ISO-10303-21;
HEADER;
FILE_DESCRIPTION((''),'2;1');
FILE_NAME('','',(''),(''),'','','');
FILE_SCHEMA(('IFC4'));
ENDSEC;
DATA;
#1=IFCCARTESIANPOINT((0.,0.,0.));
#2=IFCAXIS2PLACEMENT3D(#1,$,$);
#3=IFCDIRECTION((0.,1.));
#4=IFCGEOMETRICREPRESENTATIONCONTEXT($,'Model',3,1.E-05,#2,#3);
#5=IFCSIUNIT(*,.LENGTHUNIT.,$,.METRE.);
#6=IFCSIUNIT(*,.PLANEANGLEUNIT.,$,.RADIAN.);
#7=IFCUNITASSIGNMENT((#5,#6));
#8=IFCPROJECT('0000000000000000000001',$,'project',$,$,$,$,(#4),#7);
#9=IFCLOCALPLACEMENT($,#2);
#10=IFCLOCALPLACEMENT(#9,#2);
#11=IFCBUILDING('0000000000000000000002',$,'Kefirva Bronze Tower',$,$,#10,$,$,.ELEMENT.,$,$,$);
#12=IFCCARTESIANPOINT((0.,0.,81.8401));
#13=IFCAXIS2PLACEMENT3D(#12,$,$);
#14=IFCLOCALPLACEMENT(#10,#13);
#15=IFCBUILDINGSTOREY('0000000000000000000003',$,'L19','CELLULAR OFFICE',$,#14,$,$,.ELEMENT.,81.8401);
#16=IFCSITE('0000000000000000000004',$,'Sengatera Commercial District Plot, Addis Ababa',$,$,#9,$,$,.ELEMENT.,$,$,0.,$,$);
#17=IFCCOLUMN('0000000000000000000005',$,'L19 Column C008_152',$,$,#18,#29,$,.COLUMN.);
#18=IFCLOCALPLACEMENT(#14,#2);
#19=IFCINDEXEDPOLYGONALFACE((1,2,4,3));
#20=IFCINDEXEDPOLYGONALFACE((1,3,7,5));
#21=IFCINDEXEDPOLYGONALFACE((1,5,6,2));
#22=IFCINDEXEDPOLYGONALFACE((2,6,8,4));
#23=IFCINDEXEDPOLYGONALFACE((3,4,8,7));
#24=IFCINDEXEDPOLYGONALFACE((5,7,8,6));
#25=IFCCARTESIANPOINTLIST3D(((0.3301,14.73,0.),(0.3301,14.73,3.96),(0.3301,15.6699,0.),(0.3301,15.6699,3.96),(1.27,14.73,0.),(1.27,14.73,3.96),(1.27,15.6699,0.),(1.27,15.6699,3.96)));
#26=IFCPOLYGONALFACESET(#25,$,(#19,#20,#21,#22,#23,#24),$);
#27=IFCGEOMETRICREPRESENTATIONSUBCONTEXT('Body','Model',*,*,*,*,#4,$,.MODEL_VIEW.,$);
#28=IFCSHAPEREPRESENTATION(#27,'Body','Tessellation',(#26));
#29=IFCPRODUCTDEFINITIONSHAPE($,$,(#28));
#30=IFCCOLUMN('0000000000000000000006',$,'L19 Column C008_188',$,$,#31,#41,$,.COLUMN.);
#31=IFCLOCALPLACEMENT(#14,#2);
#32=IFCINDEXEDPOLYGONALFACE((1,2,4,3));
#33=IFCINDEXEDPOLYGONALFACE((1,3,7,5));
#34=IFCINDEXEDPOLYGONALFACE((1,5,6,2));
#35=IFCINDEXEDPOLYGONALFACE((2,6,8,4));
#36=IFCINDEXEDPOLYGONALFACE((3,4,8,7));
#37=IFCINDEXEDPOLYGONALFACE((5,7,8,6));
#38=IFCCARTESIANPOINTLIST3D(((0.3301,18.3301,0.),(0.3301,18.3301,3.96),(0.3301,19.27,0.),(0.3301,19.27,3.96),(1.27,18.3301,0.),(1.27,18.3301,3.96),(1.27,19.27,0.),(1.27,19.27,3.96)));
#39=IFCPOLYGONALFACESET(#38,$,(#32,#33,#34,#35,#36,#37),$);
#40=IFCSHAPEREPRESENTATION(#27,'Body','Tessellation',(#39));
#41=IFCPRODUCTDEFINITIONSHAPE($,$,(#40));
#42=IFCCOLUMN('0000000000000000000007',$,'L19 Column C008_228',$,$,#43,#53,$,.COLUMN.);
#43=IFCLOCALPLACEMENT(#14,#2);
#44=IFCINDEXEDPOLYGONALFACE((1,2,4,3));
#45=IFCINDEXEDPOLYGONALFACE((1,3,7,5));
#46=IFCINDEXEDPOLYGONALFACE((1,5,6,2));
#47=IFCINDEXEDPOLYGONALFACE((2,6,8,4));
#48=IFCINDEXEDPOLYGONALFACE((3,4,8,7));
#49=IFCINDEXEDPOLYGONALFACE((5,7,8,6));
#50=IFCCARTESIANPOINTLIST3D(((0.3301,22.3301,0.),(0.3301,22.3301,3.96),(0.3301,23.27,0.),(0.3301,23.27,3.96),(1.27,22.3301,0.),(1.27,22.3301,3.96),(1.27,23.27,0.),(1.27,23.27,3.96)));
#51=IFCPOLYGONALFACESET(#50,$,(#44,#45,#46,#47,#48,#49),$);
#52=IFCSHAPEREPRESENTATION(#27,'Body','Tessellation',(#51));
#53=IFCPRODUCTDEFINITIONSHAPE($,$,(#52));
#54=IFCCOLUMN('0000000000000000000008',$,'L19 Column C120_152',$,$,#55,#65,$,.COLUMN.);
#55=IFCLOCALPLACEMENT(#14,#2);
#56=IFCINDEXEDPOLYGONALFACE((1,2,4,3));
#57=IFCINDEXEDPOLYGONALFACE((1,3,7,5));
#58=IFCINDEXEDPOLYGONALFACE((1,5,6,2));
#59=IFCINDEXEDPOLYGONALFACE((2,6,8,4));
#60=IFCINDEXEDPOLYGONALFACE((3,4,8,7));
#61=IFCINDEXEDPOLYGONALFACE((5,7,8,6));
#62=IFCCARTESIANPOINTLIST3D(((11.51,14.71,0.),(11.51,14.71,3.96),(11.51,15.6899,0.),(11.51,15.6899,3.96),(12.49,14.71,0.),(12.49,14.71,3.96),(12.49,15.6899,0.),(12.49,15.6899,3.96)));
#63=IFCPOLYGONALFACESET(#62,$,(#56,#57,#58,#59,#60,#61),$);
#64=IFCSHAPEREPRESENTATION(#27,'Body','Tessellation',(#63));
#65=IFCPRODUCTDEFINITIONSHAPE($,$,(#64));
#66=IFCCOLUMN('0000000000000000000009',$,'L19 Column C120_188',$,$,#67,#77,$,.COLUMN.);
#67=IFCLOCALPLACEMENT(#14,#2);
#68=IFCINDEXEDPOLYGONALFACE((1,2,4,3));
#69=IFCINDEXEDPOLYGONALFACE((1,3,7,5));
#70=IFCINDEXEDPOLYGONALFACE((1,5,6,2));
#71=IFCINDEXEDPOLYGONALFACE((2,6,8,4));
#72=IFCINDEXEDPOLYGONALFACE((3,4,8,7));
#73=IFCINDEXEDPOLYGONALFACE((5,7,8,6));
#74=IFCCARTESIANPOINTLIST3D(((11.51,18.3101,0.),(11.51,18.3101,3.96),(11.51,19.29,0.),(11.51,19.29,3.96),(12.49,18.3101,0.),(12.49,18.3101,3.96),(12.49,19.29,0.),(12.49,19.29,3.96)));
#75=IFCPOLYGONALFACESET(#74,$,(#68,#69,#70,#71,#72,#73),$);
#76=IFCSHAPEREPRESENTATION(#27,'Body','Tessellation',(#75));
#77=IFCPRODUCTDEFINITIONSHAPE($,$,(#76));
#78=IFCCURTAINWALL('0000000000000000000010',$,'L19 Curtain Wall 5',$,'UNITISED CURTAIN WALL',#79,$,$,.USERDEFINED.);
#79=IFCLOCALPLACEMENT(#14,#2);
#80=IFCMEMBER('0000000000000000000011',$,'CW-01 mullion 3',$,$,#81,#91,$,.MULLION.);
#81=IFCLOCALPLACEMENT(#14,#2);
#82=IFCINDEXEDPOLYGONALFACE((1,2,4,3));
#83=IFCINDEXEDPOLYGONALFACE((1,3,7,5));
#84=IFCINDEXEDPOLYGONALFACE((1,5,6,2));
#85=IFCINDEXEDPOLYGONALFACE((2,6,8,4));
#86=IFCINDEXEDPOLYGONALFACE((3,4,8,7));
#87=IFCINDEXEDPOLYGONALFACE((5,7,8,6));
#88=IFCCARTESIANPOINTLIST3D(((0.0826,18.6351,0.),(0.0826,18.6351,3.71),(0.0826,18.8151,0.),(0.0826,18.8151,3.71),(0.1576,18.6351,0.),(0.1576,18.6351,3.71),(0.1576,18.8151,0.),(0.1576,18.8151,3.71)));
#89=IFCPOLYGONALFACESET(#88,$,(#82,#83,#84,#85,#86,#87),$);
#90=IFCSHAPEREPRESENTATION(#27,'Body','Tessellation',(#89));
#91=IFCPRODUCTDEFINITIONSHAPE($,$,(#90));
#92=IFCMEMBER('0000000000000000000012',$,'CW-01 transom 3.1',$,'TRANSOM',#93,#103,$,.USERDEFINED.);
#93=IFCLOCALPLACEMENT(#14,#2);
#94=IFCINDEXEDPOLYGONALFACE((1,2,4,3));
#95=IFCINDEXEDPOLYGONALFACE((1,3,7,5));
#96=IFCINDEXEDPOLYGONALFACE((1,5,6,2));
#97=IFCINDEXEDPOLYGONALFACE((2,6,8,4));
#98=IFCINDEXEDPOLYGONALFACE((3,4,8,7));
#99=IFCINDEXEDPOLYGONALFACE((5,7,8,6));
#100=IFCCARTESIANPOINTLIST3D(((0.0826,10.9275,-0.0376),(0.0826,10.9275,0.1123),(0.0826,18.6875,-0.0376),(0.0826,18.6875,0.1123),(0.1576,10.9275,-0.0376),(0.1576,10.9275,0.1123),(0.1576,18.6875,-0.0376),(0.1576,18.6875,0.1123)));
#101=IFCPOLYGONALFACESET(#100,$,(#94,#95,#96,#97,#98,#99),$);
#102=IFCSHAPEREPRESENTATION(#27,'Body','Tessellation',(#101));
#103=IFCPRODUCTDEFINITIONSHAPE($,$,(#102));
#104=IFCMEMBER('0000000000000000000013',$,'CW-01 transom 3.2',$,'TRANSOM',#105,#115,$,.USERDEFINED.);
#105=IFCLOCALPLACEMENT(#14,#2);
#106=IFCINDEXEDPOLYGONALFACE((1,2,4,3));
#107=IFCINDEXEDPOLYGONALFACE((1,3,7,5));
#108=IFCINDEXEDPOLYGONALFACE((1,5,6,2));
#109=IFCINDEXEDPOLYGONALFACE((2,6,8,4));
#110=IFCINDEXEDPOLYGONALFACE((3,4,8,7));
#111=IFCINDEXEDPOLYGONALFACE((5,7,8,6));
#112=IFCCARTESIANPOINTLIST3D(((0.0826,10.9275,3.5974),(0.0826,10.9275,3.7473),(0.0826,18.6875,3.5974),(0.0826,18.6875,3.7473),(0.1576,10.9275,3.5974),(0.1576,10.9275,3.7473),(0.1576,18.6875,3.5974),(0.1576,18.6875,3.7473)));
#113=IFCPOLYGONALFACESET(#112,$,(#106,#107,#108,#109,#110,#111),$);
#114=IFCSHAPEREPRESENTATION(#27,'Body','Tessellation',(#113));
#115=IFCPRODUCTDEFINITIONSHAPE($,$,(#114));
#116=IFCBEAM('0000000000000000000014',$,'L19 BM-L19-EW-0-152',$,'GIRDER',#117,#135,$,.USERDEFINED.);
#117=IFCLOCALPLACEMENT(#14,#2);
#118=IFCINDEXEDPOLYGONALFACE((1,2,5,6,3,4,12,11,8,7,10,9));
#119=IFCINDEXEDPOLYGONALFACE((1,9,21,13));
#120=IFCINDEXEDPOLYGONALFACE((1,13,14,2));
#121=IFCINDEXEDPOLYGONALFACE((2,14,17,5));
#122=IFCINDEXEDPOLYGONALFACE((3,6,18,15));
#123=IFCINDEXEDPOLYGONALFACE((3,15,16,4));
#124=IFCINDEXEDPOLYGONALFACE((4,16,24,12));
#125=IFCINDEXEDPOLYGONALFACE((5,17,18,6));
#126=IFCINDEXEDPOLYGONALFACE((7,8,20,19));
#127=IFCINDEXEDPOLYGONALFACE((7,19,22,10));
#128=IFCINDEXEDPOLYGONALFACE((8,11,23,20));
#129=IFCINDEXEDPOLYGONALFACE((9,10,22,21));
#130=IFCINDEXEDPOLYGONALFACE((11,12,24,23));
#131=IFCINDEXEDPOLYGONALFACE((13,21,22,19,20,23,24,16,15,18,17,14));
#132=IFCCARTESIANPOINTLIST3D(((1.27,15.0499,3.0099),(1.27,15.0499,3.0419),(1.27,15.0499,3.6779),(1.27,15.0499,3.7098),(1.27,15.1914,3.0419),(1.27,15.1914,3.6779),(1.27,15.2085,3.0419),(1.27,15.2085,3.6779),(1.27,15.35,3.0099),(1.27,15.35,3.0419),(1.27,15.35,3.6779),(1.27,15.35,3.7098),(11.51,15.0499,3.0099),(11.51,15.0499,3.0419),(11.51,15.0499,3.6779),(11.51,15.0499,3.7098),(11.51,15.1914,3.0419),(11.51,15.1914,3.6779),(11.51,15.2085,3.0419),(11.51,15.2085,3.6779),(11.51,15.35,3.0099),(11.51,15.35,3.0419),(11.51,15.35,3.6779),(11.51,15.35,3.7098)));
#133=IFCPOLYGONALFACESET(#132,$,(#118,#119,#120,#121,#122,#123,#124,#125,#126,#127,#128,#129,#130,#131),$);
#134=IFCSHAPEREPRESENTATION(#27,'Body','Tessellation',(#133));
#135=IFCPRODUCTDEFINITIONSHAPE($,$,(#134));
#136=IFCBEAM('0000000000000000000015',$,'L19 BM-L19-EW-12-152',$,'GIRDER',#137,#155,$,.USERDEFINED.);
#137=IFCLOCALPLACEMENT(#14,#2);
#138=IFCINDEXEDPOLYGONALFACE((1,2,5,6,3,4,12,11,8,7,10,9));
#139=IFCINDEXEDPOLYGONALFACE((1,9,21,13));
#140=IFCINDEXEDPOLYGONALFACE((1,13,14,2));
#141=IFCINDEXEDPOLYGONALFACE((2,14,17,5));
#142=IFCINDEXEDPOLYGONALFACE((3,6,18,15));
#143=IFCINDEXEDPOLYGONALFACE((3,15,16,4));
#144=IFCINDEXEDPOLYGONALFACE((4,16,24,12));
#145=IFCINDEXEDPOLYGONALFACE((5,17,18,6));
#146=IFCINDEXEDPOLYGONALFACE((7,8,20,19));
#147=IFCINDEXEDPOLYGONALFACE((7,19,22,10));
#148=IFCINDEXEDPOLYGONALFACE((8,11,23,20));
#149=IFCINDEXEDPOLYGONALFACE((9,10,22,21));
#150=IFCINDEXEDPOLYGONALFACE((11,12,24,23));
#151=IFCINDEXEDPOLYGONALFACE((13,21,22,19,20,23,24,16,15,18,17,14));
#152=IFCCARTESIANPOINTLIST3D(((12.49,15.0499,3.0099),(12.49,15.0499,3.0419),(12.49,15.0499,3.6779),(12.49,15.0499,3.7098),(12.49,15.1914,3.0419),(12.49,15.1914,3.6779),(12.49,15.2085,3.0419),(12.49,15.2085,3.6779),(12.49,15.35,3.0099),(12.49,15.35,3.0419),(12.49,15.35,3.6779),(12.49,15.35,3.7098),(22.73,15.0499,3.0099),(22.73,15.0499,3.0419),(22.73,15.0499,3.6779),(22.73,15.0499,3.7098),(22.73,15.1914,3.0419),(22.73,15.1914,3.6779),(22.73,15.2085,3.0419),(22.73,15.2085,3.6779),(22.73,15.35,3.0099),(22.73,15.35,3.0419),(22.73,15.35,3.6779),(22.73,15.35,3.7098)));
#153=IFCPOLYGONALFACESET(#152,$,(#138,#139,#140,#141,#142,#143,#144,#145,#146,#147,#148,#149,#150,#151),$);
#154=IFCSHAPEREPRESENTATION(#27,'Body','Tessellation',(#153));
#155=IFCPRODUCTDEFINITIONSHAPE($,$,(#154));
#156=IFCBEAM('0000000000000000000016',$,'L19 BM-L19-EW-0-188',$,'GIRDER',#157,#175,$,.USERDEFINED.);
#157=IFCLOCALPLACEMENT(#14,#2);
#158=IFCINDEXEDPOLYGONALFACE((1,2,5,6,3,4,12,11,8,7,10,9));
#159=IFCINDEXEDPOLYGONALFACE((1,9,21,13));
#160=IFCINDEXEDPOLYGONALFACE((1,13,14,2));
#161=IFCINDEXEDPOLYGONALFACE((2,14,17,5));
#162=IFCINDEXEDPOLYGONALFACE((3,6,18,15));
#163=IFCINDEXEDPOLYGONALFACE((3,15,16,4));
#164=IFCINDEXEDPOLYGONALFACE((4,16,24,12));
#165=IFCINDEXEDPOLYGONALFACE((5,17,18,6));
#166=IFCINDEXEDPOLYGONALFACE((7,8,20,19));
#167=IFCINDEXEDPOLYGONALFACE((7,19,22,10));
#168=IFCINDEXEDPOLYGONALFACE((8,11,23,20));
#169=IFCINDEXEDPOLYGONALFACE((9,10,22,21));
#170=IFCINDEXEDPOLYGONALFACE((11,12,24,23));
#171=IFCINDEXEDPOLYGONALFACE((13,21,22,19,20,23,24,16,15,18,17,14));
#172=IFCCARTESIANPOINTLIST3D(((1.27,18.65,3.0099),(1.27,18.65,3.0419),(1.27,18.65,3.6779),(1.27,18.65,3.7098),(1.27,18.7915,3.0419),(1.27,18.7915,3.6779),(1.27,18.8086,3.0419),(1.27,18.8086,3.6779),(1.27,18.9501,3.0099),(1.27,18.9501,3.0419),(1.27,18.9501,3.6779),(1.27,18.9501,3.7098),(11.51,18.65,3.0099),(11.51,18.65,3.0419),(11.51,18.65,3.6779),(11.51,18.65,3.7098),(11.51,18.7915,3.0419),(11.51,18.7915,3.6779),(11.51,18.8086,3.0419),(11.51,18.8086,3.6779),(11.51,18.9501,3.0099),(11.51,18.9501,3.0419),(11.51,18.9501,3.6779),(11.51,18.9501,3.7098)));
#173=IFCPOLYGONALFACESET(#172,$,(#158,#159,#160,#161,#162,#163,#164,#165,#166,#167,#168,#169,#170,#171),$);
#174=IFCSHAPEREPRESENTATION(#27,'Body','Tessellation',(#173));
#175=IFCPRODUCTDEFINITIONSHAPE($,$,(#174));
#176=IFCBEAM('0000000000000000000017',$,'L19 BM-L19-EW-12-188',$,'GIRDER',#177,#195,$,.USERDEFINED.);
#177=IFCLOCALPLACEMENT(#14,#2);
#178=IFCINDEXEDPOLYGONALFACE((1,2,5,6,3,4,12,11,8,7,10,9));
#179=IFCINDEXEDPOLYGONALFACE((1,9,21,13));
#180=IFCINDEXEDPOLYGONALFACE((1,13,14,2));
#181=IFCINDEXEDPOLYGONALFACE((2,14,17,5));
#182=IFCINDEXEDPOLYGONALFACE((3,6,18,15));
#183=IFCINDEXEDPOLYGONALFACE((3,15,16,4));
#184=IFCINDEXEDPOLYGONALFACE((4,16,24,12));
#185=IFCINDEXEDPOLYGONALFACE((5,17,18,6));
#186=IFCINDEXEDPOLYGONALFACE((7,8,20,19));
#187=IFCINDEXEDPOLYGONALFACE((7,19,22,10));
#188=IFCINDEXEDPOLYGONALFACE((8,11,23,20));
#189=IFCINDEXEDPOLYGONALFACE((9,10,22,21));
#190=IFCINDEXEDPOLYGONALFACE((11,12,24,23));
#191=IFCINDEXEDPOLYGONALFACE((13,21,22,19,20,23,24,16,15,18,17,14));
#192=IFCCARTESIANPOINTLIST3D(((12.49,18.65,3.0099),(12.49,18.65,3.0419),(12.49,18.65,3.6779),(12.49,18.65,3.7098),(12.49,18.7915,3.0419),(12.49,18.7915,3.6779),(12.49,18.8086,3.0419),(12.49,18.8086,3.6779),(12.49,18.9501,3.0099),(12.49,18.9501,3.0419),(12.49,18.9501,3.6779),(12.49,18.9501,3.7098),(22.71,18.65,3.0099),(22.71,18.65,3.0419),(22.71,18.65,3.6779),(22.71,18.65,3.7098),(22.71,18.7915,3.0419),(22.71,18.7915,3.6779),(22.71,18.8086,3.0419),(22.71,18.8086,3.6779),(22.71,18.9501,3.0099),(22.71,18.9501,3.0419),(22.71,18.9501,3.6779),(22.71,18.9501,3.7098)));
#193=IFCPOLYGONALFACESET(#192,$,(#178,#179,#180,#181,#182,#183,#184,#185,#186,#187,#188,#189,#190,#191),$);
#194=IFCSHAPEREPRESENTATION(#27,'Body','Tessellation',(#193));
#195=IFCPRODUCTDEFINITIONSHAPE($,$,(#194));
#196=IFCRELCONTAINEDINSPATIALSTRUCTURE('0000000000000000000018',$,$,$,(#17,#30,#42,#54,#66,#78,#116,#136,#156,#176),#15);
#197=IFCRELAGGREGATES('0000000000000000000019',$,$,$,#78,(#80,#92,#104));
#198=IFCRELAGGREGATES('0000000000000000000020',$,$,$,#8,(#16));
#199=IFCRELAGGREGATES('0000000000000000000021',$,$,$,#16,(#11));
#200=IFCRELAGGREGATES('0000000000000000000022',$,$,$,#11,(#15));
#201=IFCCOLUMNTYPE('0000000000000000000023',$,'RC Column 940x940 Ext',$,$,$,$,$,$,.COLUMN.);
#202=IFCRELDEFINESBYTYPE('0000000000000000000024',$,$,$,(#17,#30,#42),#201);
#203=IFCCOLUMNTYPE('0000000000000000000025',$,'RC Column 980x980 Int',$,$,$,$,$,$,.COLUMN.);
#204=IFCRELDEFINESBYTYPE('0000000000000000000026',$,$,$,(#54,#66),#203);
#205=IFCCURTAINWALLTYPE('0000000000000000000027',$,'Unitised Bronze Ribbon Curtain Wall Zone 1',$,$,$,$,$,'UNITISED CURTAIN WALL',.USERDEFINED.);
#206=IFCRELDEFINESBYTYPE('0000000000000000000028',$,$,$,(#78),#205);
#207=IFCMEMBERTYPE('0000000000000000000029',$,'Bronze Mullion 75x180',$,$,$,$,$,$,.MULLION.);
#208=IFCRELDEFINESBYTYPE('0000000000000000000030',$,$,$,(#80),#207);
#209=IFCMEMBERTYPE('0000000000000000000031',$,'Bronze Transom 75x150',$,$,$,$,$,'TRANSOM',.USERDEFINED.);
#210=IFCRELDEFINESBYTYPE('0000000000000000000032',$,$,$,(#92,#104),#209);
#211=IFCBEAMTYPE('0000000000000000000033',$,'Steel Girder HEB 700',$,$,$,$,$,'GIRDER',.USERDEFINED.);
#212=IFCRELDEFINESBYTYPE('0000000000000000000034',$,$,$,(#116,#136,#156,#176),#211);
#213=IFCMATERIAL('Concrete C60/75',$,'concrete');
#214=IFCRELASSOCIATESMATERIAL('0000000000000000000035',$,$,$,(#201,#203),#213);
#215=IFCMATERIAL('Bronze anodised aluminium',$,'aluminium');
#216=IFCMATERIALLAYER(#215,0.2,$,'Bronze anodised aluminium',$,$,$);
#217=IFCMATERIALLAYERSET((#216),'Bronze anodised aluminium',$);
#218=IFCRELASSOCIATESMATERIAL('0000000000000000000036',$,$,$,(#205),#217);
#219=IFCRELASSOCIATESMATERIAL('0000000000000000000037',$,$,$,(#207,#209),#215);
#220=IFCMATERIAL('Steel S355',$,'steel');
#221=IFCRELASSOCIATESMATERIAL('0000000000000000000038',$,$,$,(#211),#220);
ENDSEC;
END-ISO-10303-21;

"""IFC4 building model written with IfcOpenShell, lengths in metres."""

from ifc_helpers import new_model, si_unit, direction, frame, origin, origin_2d, place, context, subcontext, project, spatial, rectangle, i_section, extrude, material, layer, layer_set, material_profile, profile_set, type_object, element, aggregate, save


model = new_model("IFC4")

# Units and contexts
model_context = context("Model", 3, precision=1e-05, world=origin(), true_north=direction((0.0, 1.0)))
body_context = subcontext(model_context, "Body", "Model", "MODEL_VIEW")
ifc_project = project(units=[si_unit("LENGTHUNIT", "METRE"), si_unit("PLANEANGLEUNIT", "RADIAN")], contexts=[model_context])

# Site, building, storey
site_placement = place(None, origin())
site = spatial("IfcSite", under=ifc_project, at=site_placement, Name="Sengatera Commercial District Plot, Addis Ababa", CompositionType="ELEMENT", RefElevation=0.0)
building_placement = place(site_placement, origin())
building = spatial("IfcBuilding", under=site, at=building_placement, Name="Kefirva Bronze Tower", CompositionType="ELEMENT")
storey_placement = place(building_placement, frame((0.0, 0.0, 81.8401)))
storey = spatial("IfcBuildingStorey", under=building, at=storey_placement, Name="L19", Description="CELLULAR OFFICE", CompositionType="ELEMENT", Elevation=81.8401)

# Columns
ifc_material_1 = material(Name="Concrete C60/75", Category="concrete")
ifc_material_profile_1 = material_profile(ifc_material_1, rectangle(XDim=0.9399, YDim=0.9399, at=origin_2d()), Name="RC 940x940")
ifc_profile_set_1 = profile_set([ifc_material_profile_1], Name="Concrete C60/75")
column_type_1 = type_object("IfcColumnType", Name="RC Column 940x940 Ext", PredefinedType="COLUMN", material=ifc_profile_set_1)
for number, where, z_axis, x_axis, name in (
    (1, (0.8, 15.2, 0.0), (0.0, 0.0, 1.0), (1.0, 0.0, 0.0), "L19 Column C008_152"),
    (2, (0.8, 18.8, 0.0), (0.0, 0.0, 1.0), (1.0, 0.0, 0.0), "L19 Column C008_188"),
    (3, (0.8, 22.8, 0.0), (0.0, 0.0, 1.0), (1.0, 0.0, 0.0), "L19 Column C008_228"),
):
    element("IfcColumn", number, at=place(storey_placement, frame(where, z_axis=z_axis, x_axis=x_axis)), inside=storey, type_object=column_type_1, Name=name, PredefinedType="COLUMN", context=body_context, shape_type="SweptSolid", body=[
        extrude(rectangle(XDim=0.9399, YDim=0.9399, at=origin_2d()), origin(), (0.0, 0.0, 1.0), 3.96),
    ])
ifc_material_profile_2 = material_profile(ifc_material_1, rectangle(XDim=0.98, YDim=0.98, at=origin_2d()), Name="RC 980x980")
ifc_profile_set_2 = profile_set([ifc_material_profile_2], Name="Concrete C60/75")
column_type_2 = type_object("IfcColumnType", Name="RC Column 980x980 Int", PredefinedType="COLUMN", material=ifc_profile_set_2)
for number, where, z_axis, x_axis, name in (
    (4, (12.0, 15.2, 0.0), (0.0, 0.0, 1.0), (1.0, 0.0, 0.0), "L19 Column C120_152"),
    (5, (12.0, 18.8, 0.0), (0.0, 0.0, 1.0), (1.0, 0.0, 0.0), "L19 Column C120_188"),
):
    element("IfcColumn", number, at=place(storey_placement, frame(where, z_axis=z_axis, x_axis=x_axis)), inside=storey, type_object=column_type_2, Name=name, PredefinedType="COLUMN", context=body_context, shape_type="SweptSolid", body=[
        extrude(rectangle(XDim=0.98, YDim=0.98, at=origin_2d()), origin(), (0.0, 0.0, 1.0), 3.96),
    ])

# Curtain wall, members
ifc_material_2 = material(Name="Bronze anodised aluminium", Category="aluminium")
ifc_layer_1 = layer(ifc_material_2, 0.2, Name="Bronze anodised aluminium")
ifc_layer_set_1 = layer_set([ifc_layer_1], Name="Bronze anodised aluminium")
curtain_wall_type = type_object("IfcCurtainWallType", Name="Unitised Bronze Ribbon Curtain Wall Zone 1", ElementType="UNITISED CURTAIN WALL", PredefinedType="USERDEFINED", material=ifc_layer_set_1)
curtain_wall_placement = place(storey_placement, origin())
curtain_wall = element("IfcCurtainWall", 6, at=curtain_wall_placement, inside=storey, type_object=curtain_wall_type, Name="L19 Curtain Wall 5", ObjectType="UNITISED CURTAIN WALL", PredefinedType="USERDEFINED")
ifc_material_profile_3 = material_profile(ifc_material_2, rectangle(XDim=0.075, YDim=0.1799, at=origin_2d()), Name="ALU 75x180")
ifc_profile_set_3 = profile_set([ifc_material_profile_3], Name="Bronze anodised aluminium")
member_type_1 = type_object("IfcMemberType", Name="Bronze Mullion 75x180", PredefinedType="MULLION", material=ifc_profile_set_3)
member_1_placement = place(storey_placement, frame((0.1201, 18.7251, 0.0), z_axis=(0.0, 0.0, 1.0), x_axis=(1.0, 0.0, 0.0)))
member_1 = element("IfcMember", 7, at=member_1_placement, type_object=member_type_1, Name="CW-01 mullion 3", PredefinedType="MULLION", context=body_context, shape_type="SweptSolid", body=[
    extrude(rectangle(XDim=0.075, YDim=0.1799, at=origin_2d()), origin(), (0.0, 0.0, 1.0), 3.71),
])
ifc_material_profile_4 = material_profile(ifc_material_2, rectangle(XDim=0.075, YDim=0.1499, at=origin_2d()), Name="ALU 75x150")
ifc_profile_set_4 = profile_set([ifc_material_profile_4], Name="Bronze anodised aluminium")
member_type_2 = type_object("IfcMemberType", Name="Bronze Transom 75x150", ElementType="TRANSOM", PredefinedType="USERDEFINED", material=ifc_profile_set_4)
member_2_placement = place(storey_placement, frame((0.1201, 18.6875, 0.0374), z_axis=(0.0, -1.0, 0.0), x_axis=(1.0, 0.0, 0.0)))
member_2 = element("IfcMember", 8, at=member_2_placement, type_object=member_type_2, Name="CW-01 transom 3.1", ObjectType="TRANSOM", PredefinedType="USERDEFINED", context=body_context, shape_type="SweptSolid", body=[
    extrude(rectangle(XDim=0.075, YDim=0.1499, at=origin_2d()), origin(), (0.0, 0.0, 1.0), 7.76),
])
member_3_placement = place(storey_placement, frame((0.1201, 18.6875, 3.6724), z_axis=(0.0, -1.0, 0.0), x_axis=(1.0, 0.0, 0.0)))
member_3 = element("IfcMember", 9, at=member_3_placement, type_object=member_type_2, Name="CW-01 transom 3.2", ObjectType="TRANSOM", PredefinedType="USERDEFINED", context=body_context, shape_type="SweptSolid", body=[
    extrude(rectangle(XDim=0.075, YDim=0.1499, at=origin_2d()), origin(), (0.0, 0.0, 1.0), 7.76),
])

# Beams
ifc_material_3 = material(Name="Steel S355", Category="steel")
ifc_material_profile_5 = material_profile(ifc_material_3, i_section(OverallWidth=0.3, OverallDepth=0.7, WebThickness=0.0171, FlangeThickness=0.032, at=origin_2d()), Name="HEB 700")
ifc_profile_set_5 = profile_set([ifc_material_profile_5], Name="Steel S355")
beam_type_1 = type_object("IfcBeamType", Name="Steel Girder HEB 700", ElementType="GIRDER", PredefinedType="USERDEFINED", material=ifc_profile_set_5)
for number, where, z_axis, x_axis, name in (
    (10, (1.27, 15.2, 3.3599), (1.0, 0.0, 0.0), (0.0, 1.0, 0.0), "L19 BM-L19-EW-0-152"),
    (11, (12.49, 15.2, 3.3599), (1.0, 0.0, 0.0), (0.0, 1.0, 0.0), "L19 BM-L19-EW-12-152"),
    (12, (1.27, 18.8, 3.3599), (1.0, 0.0, 0.0), (0.0, 1.0, 0.0), "L19 BM-L19-EW-0-188"),
):
    element("IfcBeam", number, at=place(storey_placement, frame(where, z_axis=z_axis, x_axis=x_axis)), inside=storey, type_object=beam_type_1, Name=name, ObjectType="GIRDER", PredefinedType="USERDEFINED", context=body_context, shape_type="SweptSolid", body=[
        extrude(i_section(OverallWidth=0.3, OverallDepth=0.7, WebThickness=0.0171, FlangeThickness=0.032, at=origin_2d()), origin(), (0.0, 0.0, 1.0), 10.24),
    ])
beam_1_placement = place(storey_placement, frame((12.49, 18.8, 3.3599), z_axis=(1.0, 0.0, 0.0), x_axis=(0.0, 1.0, 0.0)))
element("IfcBeam", 13, at=beam_1_placement, inside=storey, type_object=beam_type_1, Name="L19 BM-L19-EW-12-188", ObjectType="GIRDER", PredefinedType="USERDEFINED", context=body_context, shape_type="SweptSolid", body=[
    extrude(i_section(OverallWidth=0.3, OverallDepth=0.7, WebThickness=0.0171, FlangeThickness=0.032, at=origin_2d()), origin(), (0.0, 0.0, 1.0), 10.22),
])

aggregate(curtain_wall, [member_1, member_2, member_3])

save(model, "model.ifc")
